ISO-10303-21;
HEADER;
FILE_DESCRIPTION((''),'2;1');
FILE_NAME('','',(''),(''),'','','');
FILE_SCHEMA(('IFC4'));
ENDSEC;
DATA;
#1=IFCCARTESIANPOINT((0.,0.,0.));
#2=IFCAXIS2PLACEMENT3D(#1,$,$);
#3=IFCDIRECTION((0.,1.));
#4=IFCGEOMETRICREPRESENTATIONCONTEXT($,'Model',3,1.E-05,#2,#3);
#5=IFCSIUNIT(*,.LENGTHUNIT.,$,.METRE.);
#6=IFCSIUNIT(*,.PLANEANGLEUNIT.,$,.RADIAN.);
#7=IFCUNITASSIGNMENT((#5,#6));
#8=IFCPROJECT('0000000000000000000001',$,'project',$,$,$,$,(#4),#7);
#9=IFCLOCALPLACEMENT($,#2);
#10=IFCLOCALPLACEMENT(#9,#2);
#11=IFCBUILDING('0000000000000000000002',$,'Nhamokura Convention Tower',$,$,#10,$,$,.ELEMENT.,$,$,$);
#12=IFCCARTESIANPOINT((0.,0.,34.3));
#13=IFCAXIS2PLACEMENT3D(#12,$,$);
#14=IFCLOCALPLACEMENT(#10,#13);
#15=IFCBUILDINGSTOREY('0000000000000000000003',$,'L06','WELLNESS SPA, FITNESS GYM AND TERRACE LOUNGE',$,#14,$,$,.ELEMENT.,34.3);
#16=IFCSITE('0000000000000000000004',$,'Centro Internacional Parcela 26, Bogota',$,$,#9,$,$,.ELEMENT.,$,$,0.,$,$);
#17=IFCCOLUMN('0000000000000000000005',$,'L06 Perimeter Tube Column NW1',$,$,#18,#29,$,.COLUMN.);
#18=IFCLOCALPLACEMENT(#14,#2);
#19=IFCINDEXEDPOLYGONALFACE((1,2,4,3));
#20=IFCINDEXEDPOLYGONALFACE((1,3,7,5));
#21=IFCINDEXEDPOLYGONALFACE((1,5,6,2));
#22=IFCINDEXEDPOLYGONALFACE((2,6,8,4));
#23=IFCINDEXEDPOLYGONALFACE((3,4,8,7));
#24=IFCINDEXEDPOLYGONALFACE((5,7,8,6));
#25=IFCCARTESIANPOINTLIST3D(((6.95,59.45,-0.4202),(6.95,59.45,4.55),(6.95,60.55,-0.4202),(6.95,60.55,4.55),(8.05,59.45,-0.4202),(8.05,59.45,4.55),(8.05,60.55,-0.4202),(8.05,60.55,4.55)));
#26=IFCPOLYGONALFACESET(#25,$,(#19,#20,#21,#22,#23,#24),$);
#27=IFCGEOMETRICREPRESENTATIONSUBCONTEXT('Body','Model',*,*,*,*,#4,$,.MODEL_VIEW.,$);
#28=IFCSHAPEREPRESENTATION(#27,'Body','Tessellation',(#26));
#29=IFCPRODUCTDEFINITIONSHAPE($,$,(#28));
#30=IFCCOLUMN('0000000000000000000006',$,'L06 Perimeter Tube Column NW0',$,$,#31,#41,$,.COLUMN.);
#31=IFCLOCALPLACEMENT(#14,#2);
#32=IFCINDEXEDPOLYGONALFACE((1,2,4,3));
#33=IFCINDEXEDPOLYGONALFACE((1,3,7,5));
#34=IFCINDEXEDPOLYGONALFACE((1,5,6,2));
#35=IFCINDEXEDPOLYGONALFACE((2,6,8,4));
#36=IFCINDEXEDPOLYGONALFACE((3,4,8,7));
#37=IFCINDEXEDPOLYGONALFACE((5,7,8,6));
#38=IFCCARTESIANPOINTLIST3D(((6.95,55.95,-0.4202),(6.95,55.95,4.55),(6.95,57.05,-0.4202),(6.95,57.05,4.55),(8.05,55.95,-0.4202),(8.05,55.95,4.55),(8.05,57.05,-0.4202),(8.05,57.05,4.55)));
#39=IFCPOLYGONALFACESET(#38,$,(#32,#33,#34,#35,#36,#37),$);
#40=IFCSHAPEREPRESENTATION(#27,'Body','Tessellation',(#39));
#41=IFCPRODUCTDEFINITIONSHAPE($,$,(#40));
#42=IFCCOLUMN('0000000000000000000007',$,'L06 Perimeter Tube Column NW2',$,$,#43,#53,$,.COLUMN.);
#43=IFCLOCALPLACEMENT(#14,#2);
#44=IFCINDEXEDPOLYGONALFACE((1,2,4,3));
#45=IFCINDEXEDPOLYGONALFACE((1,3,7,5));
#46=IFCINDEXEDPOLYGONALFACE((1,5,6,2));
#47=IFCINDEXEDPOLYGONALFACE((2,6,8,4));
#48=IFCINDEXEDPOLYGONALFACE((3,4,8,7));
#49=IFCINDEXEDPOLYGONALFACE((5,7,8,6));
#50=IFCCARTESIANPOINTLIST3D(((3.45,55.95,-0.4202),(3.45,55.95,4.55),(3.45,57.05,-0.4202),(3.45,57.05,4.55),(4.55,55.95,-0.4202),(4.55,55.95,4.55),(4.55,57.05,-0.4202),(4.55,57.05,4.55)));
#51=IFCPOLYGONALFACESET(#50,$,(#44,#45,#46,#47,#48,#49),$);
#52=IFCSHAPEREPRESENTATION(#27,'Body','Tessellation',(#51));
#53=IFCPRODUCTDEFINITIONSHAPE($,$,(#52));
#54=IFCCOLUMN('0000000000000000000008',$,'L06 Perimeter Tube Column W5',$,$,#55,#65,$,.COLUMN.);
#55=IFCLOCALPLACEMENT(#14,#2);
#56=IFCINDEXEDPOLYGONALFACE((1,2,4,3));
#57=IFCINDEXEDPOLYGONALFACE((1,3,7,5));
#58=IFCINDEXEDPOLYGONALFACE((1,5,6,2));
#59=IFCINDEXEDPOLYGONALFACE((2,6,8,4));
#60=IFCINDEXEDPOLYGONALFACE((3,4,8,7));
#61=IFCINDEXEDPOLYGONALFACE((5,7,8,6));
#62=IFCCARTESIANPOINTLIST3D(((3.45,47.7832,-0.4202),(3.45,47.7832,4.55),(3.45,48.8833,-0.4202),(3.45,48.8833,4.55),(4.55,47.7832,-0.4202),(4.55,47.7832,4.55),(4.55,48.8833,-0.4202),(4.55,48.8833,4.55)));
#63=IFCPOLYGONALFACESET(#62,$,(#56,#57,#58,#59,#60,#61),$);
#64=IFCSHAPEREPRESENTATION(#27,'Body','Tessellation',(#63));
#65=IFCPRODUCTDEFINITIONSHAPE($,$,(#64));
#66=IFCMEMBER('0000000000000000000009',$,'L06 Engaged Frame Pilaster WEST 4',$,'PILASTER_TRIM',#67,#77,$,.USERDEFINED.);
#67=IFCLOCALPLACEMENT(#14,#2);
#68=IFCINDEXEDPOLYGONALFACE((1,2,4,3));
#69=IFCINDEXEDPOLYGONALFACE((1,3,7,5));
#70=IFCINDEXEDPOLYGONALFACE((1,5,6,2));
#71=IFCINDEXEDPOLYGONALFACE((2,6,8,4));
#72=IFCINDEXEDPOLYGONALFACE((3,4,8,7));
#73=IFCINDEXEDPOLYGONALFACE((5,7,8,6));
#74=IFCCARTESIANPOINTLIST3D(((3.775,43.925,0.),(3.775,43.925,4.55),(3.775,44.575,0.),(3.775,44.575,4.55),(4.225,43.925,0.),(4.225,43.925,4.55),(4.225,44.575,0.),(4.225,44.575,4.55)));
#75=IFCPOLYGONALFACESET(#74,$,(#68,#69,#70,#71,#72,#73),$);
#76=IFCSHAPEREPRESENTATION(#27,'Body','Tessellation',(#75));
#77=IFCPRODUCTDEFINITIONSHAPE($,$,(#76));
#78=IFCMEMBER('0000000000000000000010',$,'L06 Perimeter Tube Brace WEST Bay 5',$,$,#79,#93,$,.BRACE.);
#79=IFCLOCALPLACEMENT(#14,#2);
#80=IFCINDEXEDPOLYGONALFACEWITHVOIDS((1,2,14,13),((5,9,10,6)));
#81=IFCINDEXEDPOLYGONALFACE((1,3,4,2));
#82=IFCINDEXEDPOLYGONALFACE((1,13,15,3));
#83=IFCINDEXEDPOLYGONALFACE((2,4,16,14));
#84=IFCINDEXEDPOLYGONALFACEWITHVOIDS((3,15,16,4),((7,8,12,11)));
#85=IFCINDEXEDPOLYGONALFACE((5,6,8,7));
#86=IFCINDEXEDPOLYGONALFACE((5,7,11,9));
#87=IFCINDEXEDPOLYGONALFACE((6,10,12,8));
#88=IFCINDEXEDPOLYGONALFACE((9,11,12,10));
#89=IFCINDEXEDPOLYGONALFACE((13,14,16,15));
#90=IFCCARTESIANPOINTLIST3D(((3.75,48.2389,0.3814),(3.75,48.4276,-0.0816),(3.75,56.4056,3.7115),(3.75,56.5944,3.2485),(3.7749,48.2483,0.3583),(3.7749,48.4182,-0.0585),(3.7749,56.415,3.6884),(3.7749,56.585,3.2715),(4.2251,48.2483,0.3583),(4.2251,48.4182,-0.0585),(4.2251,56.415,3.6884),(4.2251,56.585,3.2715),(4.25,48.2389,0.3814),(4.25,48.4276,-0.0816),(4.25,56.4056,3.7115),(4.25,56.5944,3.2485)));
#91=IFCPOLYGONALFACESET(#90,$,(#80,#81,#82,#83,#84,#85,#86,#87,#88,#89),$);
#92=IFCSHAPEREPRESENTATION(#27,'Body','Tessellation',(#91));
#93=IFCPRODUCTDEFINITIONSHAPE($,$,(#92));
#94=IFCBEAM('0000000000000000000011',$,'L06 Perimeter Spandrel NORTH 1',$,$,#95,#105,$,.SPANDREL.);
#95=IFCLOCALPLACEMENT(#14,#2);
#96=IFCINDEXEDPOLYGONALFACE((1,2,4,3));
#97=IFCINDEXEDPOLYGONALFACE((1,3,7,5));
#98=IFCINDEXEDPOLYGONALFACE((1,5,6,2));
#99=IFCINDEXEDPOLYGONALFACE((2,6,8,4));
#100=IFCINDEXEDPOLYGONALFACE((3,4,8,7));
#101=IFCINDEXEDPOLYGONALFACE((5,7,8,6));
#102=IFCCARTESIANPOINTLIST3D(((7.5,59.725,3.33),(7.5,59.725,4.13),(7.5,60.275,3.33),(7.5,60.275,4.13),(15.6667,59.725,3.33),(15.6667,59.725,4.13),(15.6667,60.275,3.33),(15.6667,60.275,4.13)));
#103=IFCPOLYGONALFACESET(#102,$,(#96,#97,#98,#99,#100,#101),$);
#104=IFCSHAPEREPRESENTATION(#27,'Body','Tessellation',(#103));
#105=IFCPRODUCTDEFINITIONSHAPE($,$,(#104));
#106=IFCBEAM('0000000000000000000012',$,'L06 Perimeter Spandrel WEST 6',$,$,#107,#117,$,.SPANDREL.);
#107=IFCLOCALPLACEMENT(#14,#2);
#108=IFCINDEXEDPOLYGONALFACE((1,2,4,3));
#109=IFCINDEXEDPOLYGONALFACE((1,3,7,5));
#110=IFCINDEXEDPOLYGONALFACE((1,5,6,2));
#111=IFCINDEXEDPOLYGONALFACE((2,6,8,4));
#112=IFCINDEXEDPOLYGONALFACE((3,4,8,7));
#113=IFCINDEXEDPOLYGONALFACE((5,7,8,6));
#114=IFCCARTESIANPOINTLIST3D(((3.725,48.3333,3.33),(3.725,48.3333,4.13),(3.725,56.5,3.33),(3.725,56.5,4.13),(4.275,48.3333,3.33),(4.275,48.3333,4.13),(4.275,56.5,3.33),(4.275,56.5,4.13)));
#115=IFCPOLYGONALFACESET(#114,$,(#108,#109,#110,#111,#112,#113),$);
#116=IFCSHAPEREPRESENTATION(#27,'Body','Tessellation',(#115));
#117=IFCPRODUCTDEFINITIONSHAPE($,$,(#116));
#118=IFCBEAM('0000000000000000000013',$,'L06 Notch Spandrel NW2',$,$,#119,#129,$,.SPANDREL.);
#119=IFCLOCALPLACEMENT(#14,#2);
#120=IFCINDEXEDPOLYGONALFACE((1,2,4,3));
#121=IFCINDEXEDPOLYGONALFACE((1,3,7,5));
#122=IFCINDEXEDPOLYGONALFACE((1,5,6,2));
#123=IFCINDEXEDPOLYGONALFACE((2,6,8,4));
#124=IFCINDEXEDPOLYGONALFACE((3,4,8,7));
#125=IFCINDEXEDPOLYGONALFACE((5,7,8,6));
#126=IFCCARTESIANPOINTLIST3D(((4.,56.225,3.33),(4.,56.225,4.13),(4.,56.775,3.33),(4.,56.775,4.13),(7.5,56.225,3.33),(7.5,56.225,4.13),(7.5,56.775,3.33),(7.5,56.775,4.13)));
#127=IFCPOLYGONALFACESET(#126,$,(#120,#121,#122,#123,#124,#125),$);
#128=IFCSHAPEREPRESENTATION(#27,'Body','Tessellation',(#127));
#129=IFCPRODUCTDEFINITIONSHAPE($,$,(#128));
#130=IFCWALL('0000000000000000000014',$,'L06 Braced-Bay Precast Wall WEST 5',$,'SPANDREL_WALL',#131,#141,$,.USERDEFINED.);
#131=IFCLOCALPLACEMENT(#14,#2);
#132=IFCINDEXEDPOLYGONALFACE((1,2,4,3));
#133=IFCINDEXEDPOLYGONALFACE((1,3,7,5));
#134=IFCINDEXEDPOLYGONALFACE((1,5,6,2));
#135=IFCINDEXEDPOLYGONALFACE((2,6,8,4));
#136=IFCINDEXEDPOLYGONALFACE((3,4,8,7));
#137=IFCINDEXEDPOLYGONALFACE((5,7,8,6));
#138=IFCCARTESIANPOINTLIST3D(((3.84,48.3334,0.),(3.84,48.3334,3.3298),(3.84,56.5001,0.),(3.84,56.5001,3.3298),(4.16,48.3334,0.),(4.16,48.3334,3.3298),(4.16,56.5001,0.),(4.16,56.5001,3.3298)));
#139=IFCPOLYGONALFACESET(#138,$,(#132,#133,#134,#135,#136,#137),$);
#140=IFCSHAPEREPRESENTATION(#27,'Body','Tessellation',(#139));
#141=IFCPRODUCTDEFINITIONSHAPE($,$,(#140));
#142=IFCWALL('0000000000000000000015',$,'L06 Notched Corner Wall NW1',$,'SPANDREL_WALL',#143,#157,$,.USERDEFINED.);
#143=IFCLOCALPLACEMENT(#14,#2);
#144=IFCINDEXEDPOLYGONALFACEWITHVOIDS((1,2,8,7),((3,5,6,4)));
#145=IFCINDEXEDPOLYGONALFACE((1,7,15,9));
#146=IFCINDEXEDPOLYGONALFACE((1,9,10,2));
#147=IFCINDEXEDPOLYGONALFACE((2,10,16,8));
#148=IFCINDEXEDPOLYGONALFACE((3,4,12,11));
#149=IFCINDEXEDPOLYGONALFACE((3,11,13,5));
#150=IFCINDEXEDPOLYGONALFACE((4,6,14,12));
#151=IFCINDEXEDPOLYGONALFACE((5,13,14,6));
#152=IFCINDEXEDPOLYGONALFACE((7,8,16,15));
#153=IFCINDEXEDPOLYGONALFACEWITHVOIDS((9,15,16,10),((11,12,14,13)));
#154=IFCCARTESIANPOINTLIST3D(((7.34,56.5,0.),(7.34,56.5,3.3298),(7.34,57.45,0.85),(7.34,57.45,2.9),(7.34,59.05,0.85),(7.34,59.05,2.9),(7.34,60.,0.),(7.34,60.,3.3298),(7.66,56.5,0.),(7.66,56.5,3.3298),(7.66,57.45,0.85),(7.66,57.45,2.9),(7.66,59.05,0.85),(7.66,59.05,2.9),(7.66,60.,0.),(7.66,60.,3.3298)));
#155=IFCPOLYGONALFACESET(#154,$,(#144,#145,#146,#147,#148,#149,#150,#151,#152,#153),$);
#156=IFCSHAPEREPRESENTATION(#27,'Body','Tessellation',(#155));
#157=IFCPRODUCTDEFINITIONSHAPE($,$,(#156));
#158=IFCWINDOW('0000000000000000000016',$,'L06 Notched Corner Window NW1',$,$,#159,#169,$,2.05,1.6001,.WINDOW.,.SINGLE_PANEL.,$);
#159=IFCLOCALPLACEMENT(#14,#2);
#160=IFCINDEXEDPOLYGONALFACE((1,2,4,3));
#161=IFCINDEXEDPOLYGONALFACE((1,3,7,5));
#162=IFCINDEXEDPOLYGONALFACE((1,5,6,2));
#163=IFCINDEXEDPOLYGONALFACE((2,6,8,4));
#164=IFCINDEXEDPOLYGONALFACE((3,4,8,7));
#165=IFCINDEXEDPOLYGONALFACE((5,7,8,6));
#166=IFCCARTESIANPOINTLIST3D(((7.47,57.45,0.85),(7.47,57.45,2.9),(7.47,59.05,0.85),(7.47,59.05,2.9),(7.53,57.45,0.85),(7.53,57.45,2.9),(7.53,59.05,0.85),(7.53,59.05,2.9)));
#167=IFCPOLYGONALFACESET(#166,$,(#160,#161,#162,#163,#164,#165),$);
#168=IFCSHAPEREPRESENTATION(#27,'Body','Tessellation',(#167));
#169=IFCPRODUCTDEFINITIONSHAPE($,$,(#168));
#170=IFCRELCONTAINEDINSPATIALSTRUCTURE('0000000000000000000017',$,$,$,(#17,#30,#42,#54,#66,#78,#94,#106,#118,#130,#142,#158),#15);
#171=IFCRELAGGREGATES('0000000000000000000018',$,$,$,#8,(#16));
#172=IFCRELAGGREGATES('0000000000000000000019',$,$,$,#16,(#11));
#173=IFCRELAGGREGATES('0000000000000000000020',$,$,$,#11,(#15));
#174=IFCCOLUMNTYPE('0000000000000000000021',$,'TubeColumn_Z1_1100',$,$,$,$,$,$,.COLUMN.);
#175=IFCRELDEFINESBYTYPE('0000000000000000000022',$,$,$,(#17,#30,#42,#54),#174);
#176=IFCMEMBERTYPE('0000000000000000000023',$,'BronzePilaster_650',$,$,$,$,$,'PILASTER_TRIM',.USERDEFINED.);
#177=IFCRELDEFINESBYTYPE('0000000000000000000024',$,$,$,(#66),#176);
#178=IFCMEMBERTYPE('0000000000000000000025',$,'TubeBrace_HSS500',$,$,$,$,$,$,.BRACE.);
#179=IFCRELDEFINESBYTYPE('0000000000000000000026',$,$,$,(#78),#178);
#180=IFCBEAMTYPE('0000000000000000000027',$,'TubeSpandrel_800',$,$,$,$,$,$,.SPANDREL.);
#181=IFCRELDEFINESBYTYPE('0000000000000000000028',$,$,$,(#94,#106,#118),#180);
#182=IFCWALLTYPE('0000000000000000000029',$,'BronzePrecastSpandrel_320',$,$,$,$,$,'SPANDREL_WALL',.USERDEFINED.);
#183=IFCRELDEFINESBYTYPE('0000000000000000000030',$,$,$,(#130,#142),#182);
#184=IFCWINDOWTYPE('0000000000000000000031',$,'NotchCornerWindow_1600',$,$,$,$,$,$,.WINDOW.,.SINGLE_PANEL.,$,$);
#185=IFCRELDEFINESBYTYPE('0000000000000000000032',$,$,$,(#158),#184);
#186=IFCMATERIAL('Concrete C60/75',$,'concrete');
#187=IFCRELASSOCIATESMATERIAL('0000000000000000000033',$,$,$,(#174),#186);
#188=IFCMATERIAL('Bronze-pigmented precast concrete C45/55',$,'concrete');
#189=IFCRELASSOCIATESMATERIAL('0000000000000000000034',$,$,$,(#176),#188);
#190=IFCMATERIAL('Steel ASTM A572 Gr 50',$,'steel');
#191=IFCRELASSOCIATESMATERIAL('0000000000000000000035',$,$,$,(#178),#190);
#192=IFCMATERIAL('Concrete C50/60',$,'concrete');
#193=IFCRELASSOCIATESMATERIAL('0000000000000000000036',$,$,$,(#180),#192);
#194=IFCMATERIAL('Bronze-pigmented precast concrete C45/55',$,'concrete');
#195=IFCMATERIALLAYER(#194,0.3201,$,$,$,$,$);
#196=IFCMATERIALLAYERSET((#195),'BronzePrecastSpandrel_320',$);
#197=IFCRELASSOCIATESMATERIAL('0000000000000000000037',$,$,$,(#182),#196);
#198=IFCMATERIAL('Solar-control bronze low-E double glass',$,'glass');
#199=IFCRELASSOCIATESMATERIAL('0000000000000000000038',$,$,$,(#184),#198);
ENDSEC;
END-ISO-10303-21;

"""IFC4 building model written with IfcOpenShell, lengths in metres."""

from ifc_helpers import new_model, si_unit, direction, frame, frame_2d, origin, origin_2d, place, context, subcontext, project, spatial, rectangle, hollow_rectangle, extrude, material, layer, layer_set, material_profile, profile_set, type_object, element, fill, save


model = new_model("IFC4")

# Units and contexts
model_context = context("Model", 3, precision=1e-05, world=origin(), true_north=direction((0.0, 1.0)))
body_context = subcontext(model_context, "Body", "Model", "MODEL_VIEW")
ifc_project = project(units=[si_unit("LENGTHUNIT", "METRE"), si_unit("PLANEANGLEUNIT", "RADIAN")], contexts=[model_context])

# Site, building, storey
site_placement = place(None, origin())
site = spatial("IfcSite", under=ifc_project, at=site_placement, Name="Centro Internacional Parcela 26, Bogota", CompositionType="ELEMENT", RefElevation=0.0)
building_placement = place(site_placement, origin())
building = spatial("IfcBuilding", under=site, at=building_placement, Name="Nhamokura Convention Tower", CompositionType="ELEMENT")
storey_placement = place(building_placement, frame((0.0, 0.0, 34.3)))
storey = spatial("IfcBuildingStorey", under=building, at=storey_placement, Name="L06", Description="WELLNESS SPA, FITNESS GYM AND TERRACE LOUNGE", CompositionType="ELEMENT", Elevation=34.3)

# Columns
ifc_material_1 = material(Name="Concrete C60/75", Category="concrete")
ifc_material_profile_1 = material_profile(ifc_material_1, rectangle(XDim=1.1001, YDim=1.1001, at=origin_2d()))
ifc_profile_set_1 = profile_set([ifc_material_profile_1], Name="Concrete C60/75")
column_type = type_object("IfcColumnType", Name="TubeColumn_Z1_1100", PredefinedType="COLUMN", material=ifc_profile_set_1)
for number, where, z_axis, x_axis, name in (
    (1, (7.5, 60.0, -0.4202), (0.0, 0.0, 1.0), (1.0, 0.0, 0.0), "L06 Perimeter Tube Column NW1"),
    (2, (7.5, 56.5, -0.4202), (0.0, 0.0, 1.0), (1.0, 0.0, 0.0), "L06 Perimeter Tube Column NW0"),
    (3, (4.0, 56.5, -0.4202), (0.0, 0.0, 1.0), (1.0, 0.0, 0.0), "L06 Perimeter Tube Column NW2"),
    (4, (4.0, 48.3333, -0.4202), (0.0, 0.0, 1.0), (1.0, 0.0, 0.0), "L06 Perimeter Tube Column W5"),
):
    element("IfcColumn", number, at=place(storey_placement, frame(where, z_axis=z_axis, x_axis=x_axis)), inside=storey, type_object=column_type, Name=name, PredefinedType="COLUMN", context=body_context, shape_type="SweptSolid", body=[
        extrude(rectangle(XDim=1.1001, YDim=1.1001, at=origin_2d()), origin(), (0.0, 0.0, 1.0), 4.9702),
    ])

# Members
ifc_material_2 = material(Name="Bronze-pigmented precast concrete C45/55", Category="concrete")
ifc_material_profile_2 = material_profile(ifc_material_2, rectangle(XDim=0.45, YDim=0.6499, at=origin_2d()))
ifc_profile_set_2 = profile_set([ifc_material_profile_2], Name="Bronze-pigmented precast concrete C45/55")
member_type_1 = type_object("IfcMemberType", Name="BronzePilaster_650", ElementType="PILASTER_TRIM", PredefinedType="USERDEFINED", material=ifc_profile_set_2)
member_1_placement = place(storey_placement, frame((4.0, 44.25, 0.0), z_axis=(0.0, 0.0, 1.0), x_axis=(1.0, 0.0, 0.0)))
element("IfcMember", 5, at=member_1_placement, inside=storey, type_object=member_type_1, Name="L06 Engaged Frame Pilaster WEST 4", ObjectType="PILASTER_TRIM", PredefinedType="USERDEFINED", context=body_context, shape_type="SweptSolid", body=[
    extrude(rectangle(XDim=0.45, YDim=0.6499, at=origin_2d()), origin(), (0.0, 0.0, 1.0), 4.55),
])
ifc_material_3 = material(Name="Steel ASTM A572 Gr 50", Category="steel")
ifc_material_profile_3 = material_profile(ifc_material_3, hollow_rectangle(XDim=0.5, YDim=0.5, WallThickness=0.0249, at=origin_2d()))
ifc_profile_set_3 = profile_set([ifc_material_profile_3], Name="Steel ASTM A572 Gr 50")
member_type_2 = type_object("IfcMemberType", Name="TubeBrace_HSS500", PredefinedType="BRACE", material=ifc_profile_set_3)
member_2_placement = place(storey_placement, frame((4.0, 48.3333, 0.1499), z_axis=(0.0, 0.925978, 0.377577), x_axis=(-1.0, 0.0, 0.0)))
element("IfcMember", 6, at=member_2_placement, inside=storey, type_object=member_type_2, Name="L06 Perimeter Tube Brace WEST Bay 5", PredefinedType="BRACE", context=body_context, shape_type="SweptSolid", body=[
    extrude(hollow_rectangle(XDim=0.5, YDim=0.5, WallThickness=0.0249, at=origin_2d()), origin(), (0.0, 0.0, 1.0), 8.8196),
])

# Beams
ifc_material_4 = material(Name="Concrete C50/60", Category="concrete")
ifc_material_profile_4 = material_profile(ifc_material_4, rectangle(XDim=0.55, YDim=0.8, at=origin_2d()))
ifc_profile_set_4 = profile_set([ifc_material_profile_4], Name="Concrete C50/60")
beam_type = type_object("IfcBeamType", Name="TubeSpandrel_800", PredefinedType="SPANDREL", material=ifc_profile_set_4)
for number, where, z_axis, x_axis, name in (
    (7, (7.5, 60.0, 3.73), (1.0, 0.0, 0.0), (0.0, 1.0, 0.0), "L06 Perimeter Spandrel NORTH 1"),
    (8, (4.0, 48.3333, 3.73), (0.0, 1.0, 0.0), (-1.0, 0.0, 0.0), "L06 Perimeter Spandrel WEST 6"),
):
    element("IfcBeam", number, at=place(storey_placement, frame(where, z_axis=z_axis, x_axis=x_axis)), inside=storey, type_object=beam_type, Name=name, PredefinedType="SPANDREL", context=body_context, shape_type="SweptSolid", body=[
        extrude(rectangle(XDim=0.55, YDim=0.8, at=origin_2d()), origin(), (0.0, 0.0, 1.0), 8.1667),
    ])
beam_placement = place(storey_placement, frame((7.5, 56.5, 3.73), z_axis=(-1.0, 0.0, 0.0), x_axis=(0.0, -1.0, 0.0)))
element("IfcBeam", 9, at=beam_placement, inside=storey, type_object=beam_type, Name="L06 Notch Spandrel NW2", PredefinedType="SPANDREL", context=body_context, shape_type="SweptSolid", body=[
    extrude(rectangle(XDim=0.55, YDim=0.8, at=origin_2d()), origin(), (0.0, 0.0, 1.0), 3.5),
])

# Wall
ifc_material_5 = material(Name="Bronze-pigmented precast concrete C45/55", Category="concrete")
ifc_layer_1 = layer(ifc_material_5, 0.3201)
ifc_layer_set_1 = layer_set([ifc_layer_1], Name="BronzePrecastSpandrel_320")
wall_type_1 = type_object("IfcWallType", Name="BronzePrecastSpandrel_320", ElementType="SPANDREL_WALL", PredefinedType="USERDEFINED", material=ifc_layer_set_1)
wall_1_placement = place(storey_placement, frame((4.0, 48.3333, 0.0), z_axis=(0.0, 0.0, 1.0), x_axis=(0.0, 1.0, 0.0)))
element("IfcWall", 10, at=wall_1_placement, inside=storey, type_object=wall_type_1, Name="L06 Braced-Bay Precast Wall WEST 5", ObjectType="SPANDREL_WALL", PredefinedType="USERDEFINED", context=body_context, shape_type="SweptSolid", body=[
    extrude(rectangle(XDim=8.1667, YDim=0.3201, at=frame_2d((4.0835, 0.0))), origin(), (0.0, 0.0, 1.0), 3.3298),
])

# Wall, opening, window
wall_2_placement = place(storey_placement, frame((7.5, 56.5, 0.0), z_axis=(0.0, 0.0, 1.0), x_axis=(0.0, 1.0, 0.0)))
wall_2 = element("IfcWall", 11, at=wall_2_placement, inside=storey, type_object=wall_type_1, Name="L06 Notched Corner Wall NW1", ObjectType="SPANDREL_WALL", PredefinedType="USERDEFINED", context=body_context, shape_type="SweptSolid", body=[
    extrude(rectangle(XDim=3.5, YDim=0.3201, at=frame_2d((1.75, 0.0))), origin(), (0.0, 0.0, 1.0), 3.3298),
])
opening_1_placement = place(wall_2_placement, frame((0.95, 0.0, 0.8501)))
opening_1 = element("IfcOpeningElement", 12, at=opening_1_placement, cuts=wall_2, PredefinedType="OPENING", context=body_context, shape_type="SweptSolid", body=[
    extrude(rectangle(XDim=1.6001, YDim=2.05, at=frame_2d((0.8, 1.0249))), frame((0.0, 0.1699, 0.0), z_axis=(0.0, -1.0, 0.0), x_axis=(1.0, 0.0, 0.0)), (0.0, 0.0, 1.0), 0.3401),
])
ifc_material_6 = material(Name="Solar-control bronze low-E double glass", Category="glass")
window_type = type_object("IfcWindowType", Name="NotchCornerWindow_1600", PartitioningType="SINGLE_PANEL", PredefinedType="WINDOW", material=ifc_material_6)
window_1_placement = place(opening_1_placement, origin())
window_1 = element("IfcWindow", 13, at=window_1_placement, inside=storey, type_object=window_type, Name="L06 Notched Corner Window NW1", OverallHeight=2.05, OverallWidth=1.6001, PartitioningType="SINGLE_PANEL", PredefinedType="WINDOW", context=body_context, shape_type="SweptSolid", body=[
    extrude(rectangle(XDim=1.6001, YDim=2.05, at=frame_2d((0.8, 1.0249))), frame((0.0, 0.03, 0.0), z_axis=(0.0, -1.0, 0.0), x_axis=(1.0, 0.0, 0.0)), (0.0, 0.0, 1.0), 0.0601),
])
fill(opening_1, window_1)

save(model, "model.ifc")
